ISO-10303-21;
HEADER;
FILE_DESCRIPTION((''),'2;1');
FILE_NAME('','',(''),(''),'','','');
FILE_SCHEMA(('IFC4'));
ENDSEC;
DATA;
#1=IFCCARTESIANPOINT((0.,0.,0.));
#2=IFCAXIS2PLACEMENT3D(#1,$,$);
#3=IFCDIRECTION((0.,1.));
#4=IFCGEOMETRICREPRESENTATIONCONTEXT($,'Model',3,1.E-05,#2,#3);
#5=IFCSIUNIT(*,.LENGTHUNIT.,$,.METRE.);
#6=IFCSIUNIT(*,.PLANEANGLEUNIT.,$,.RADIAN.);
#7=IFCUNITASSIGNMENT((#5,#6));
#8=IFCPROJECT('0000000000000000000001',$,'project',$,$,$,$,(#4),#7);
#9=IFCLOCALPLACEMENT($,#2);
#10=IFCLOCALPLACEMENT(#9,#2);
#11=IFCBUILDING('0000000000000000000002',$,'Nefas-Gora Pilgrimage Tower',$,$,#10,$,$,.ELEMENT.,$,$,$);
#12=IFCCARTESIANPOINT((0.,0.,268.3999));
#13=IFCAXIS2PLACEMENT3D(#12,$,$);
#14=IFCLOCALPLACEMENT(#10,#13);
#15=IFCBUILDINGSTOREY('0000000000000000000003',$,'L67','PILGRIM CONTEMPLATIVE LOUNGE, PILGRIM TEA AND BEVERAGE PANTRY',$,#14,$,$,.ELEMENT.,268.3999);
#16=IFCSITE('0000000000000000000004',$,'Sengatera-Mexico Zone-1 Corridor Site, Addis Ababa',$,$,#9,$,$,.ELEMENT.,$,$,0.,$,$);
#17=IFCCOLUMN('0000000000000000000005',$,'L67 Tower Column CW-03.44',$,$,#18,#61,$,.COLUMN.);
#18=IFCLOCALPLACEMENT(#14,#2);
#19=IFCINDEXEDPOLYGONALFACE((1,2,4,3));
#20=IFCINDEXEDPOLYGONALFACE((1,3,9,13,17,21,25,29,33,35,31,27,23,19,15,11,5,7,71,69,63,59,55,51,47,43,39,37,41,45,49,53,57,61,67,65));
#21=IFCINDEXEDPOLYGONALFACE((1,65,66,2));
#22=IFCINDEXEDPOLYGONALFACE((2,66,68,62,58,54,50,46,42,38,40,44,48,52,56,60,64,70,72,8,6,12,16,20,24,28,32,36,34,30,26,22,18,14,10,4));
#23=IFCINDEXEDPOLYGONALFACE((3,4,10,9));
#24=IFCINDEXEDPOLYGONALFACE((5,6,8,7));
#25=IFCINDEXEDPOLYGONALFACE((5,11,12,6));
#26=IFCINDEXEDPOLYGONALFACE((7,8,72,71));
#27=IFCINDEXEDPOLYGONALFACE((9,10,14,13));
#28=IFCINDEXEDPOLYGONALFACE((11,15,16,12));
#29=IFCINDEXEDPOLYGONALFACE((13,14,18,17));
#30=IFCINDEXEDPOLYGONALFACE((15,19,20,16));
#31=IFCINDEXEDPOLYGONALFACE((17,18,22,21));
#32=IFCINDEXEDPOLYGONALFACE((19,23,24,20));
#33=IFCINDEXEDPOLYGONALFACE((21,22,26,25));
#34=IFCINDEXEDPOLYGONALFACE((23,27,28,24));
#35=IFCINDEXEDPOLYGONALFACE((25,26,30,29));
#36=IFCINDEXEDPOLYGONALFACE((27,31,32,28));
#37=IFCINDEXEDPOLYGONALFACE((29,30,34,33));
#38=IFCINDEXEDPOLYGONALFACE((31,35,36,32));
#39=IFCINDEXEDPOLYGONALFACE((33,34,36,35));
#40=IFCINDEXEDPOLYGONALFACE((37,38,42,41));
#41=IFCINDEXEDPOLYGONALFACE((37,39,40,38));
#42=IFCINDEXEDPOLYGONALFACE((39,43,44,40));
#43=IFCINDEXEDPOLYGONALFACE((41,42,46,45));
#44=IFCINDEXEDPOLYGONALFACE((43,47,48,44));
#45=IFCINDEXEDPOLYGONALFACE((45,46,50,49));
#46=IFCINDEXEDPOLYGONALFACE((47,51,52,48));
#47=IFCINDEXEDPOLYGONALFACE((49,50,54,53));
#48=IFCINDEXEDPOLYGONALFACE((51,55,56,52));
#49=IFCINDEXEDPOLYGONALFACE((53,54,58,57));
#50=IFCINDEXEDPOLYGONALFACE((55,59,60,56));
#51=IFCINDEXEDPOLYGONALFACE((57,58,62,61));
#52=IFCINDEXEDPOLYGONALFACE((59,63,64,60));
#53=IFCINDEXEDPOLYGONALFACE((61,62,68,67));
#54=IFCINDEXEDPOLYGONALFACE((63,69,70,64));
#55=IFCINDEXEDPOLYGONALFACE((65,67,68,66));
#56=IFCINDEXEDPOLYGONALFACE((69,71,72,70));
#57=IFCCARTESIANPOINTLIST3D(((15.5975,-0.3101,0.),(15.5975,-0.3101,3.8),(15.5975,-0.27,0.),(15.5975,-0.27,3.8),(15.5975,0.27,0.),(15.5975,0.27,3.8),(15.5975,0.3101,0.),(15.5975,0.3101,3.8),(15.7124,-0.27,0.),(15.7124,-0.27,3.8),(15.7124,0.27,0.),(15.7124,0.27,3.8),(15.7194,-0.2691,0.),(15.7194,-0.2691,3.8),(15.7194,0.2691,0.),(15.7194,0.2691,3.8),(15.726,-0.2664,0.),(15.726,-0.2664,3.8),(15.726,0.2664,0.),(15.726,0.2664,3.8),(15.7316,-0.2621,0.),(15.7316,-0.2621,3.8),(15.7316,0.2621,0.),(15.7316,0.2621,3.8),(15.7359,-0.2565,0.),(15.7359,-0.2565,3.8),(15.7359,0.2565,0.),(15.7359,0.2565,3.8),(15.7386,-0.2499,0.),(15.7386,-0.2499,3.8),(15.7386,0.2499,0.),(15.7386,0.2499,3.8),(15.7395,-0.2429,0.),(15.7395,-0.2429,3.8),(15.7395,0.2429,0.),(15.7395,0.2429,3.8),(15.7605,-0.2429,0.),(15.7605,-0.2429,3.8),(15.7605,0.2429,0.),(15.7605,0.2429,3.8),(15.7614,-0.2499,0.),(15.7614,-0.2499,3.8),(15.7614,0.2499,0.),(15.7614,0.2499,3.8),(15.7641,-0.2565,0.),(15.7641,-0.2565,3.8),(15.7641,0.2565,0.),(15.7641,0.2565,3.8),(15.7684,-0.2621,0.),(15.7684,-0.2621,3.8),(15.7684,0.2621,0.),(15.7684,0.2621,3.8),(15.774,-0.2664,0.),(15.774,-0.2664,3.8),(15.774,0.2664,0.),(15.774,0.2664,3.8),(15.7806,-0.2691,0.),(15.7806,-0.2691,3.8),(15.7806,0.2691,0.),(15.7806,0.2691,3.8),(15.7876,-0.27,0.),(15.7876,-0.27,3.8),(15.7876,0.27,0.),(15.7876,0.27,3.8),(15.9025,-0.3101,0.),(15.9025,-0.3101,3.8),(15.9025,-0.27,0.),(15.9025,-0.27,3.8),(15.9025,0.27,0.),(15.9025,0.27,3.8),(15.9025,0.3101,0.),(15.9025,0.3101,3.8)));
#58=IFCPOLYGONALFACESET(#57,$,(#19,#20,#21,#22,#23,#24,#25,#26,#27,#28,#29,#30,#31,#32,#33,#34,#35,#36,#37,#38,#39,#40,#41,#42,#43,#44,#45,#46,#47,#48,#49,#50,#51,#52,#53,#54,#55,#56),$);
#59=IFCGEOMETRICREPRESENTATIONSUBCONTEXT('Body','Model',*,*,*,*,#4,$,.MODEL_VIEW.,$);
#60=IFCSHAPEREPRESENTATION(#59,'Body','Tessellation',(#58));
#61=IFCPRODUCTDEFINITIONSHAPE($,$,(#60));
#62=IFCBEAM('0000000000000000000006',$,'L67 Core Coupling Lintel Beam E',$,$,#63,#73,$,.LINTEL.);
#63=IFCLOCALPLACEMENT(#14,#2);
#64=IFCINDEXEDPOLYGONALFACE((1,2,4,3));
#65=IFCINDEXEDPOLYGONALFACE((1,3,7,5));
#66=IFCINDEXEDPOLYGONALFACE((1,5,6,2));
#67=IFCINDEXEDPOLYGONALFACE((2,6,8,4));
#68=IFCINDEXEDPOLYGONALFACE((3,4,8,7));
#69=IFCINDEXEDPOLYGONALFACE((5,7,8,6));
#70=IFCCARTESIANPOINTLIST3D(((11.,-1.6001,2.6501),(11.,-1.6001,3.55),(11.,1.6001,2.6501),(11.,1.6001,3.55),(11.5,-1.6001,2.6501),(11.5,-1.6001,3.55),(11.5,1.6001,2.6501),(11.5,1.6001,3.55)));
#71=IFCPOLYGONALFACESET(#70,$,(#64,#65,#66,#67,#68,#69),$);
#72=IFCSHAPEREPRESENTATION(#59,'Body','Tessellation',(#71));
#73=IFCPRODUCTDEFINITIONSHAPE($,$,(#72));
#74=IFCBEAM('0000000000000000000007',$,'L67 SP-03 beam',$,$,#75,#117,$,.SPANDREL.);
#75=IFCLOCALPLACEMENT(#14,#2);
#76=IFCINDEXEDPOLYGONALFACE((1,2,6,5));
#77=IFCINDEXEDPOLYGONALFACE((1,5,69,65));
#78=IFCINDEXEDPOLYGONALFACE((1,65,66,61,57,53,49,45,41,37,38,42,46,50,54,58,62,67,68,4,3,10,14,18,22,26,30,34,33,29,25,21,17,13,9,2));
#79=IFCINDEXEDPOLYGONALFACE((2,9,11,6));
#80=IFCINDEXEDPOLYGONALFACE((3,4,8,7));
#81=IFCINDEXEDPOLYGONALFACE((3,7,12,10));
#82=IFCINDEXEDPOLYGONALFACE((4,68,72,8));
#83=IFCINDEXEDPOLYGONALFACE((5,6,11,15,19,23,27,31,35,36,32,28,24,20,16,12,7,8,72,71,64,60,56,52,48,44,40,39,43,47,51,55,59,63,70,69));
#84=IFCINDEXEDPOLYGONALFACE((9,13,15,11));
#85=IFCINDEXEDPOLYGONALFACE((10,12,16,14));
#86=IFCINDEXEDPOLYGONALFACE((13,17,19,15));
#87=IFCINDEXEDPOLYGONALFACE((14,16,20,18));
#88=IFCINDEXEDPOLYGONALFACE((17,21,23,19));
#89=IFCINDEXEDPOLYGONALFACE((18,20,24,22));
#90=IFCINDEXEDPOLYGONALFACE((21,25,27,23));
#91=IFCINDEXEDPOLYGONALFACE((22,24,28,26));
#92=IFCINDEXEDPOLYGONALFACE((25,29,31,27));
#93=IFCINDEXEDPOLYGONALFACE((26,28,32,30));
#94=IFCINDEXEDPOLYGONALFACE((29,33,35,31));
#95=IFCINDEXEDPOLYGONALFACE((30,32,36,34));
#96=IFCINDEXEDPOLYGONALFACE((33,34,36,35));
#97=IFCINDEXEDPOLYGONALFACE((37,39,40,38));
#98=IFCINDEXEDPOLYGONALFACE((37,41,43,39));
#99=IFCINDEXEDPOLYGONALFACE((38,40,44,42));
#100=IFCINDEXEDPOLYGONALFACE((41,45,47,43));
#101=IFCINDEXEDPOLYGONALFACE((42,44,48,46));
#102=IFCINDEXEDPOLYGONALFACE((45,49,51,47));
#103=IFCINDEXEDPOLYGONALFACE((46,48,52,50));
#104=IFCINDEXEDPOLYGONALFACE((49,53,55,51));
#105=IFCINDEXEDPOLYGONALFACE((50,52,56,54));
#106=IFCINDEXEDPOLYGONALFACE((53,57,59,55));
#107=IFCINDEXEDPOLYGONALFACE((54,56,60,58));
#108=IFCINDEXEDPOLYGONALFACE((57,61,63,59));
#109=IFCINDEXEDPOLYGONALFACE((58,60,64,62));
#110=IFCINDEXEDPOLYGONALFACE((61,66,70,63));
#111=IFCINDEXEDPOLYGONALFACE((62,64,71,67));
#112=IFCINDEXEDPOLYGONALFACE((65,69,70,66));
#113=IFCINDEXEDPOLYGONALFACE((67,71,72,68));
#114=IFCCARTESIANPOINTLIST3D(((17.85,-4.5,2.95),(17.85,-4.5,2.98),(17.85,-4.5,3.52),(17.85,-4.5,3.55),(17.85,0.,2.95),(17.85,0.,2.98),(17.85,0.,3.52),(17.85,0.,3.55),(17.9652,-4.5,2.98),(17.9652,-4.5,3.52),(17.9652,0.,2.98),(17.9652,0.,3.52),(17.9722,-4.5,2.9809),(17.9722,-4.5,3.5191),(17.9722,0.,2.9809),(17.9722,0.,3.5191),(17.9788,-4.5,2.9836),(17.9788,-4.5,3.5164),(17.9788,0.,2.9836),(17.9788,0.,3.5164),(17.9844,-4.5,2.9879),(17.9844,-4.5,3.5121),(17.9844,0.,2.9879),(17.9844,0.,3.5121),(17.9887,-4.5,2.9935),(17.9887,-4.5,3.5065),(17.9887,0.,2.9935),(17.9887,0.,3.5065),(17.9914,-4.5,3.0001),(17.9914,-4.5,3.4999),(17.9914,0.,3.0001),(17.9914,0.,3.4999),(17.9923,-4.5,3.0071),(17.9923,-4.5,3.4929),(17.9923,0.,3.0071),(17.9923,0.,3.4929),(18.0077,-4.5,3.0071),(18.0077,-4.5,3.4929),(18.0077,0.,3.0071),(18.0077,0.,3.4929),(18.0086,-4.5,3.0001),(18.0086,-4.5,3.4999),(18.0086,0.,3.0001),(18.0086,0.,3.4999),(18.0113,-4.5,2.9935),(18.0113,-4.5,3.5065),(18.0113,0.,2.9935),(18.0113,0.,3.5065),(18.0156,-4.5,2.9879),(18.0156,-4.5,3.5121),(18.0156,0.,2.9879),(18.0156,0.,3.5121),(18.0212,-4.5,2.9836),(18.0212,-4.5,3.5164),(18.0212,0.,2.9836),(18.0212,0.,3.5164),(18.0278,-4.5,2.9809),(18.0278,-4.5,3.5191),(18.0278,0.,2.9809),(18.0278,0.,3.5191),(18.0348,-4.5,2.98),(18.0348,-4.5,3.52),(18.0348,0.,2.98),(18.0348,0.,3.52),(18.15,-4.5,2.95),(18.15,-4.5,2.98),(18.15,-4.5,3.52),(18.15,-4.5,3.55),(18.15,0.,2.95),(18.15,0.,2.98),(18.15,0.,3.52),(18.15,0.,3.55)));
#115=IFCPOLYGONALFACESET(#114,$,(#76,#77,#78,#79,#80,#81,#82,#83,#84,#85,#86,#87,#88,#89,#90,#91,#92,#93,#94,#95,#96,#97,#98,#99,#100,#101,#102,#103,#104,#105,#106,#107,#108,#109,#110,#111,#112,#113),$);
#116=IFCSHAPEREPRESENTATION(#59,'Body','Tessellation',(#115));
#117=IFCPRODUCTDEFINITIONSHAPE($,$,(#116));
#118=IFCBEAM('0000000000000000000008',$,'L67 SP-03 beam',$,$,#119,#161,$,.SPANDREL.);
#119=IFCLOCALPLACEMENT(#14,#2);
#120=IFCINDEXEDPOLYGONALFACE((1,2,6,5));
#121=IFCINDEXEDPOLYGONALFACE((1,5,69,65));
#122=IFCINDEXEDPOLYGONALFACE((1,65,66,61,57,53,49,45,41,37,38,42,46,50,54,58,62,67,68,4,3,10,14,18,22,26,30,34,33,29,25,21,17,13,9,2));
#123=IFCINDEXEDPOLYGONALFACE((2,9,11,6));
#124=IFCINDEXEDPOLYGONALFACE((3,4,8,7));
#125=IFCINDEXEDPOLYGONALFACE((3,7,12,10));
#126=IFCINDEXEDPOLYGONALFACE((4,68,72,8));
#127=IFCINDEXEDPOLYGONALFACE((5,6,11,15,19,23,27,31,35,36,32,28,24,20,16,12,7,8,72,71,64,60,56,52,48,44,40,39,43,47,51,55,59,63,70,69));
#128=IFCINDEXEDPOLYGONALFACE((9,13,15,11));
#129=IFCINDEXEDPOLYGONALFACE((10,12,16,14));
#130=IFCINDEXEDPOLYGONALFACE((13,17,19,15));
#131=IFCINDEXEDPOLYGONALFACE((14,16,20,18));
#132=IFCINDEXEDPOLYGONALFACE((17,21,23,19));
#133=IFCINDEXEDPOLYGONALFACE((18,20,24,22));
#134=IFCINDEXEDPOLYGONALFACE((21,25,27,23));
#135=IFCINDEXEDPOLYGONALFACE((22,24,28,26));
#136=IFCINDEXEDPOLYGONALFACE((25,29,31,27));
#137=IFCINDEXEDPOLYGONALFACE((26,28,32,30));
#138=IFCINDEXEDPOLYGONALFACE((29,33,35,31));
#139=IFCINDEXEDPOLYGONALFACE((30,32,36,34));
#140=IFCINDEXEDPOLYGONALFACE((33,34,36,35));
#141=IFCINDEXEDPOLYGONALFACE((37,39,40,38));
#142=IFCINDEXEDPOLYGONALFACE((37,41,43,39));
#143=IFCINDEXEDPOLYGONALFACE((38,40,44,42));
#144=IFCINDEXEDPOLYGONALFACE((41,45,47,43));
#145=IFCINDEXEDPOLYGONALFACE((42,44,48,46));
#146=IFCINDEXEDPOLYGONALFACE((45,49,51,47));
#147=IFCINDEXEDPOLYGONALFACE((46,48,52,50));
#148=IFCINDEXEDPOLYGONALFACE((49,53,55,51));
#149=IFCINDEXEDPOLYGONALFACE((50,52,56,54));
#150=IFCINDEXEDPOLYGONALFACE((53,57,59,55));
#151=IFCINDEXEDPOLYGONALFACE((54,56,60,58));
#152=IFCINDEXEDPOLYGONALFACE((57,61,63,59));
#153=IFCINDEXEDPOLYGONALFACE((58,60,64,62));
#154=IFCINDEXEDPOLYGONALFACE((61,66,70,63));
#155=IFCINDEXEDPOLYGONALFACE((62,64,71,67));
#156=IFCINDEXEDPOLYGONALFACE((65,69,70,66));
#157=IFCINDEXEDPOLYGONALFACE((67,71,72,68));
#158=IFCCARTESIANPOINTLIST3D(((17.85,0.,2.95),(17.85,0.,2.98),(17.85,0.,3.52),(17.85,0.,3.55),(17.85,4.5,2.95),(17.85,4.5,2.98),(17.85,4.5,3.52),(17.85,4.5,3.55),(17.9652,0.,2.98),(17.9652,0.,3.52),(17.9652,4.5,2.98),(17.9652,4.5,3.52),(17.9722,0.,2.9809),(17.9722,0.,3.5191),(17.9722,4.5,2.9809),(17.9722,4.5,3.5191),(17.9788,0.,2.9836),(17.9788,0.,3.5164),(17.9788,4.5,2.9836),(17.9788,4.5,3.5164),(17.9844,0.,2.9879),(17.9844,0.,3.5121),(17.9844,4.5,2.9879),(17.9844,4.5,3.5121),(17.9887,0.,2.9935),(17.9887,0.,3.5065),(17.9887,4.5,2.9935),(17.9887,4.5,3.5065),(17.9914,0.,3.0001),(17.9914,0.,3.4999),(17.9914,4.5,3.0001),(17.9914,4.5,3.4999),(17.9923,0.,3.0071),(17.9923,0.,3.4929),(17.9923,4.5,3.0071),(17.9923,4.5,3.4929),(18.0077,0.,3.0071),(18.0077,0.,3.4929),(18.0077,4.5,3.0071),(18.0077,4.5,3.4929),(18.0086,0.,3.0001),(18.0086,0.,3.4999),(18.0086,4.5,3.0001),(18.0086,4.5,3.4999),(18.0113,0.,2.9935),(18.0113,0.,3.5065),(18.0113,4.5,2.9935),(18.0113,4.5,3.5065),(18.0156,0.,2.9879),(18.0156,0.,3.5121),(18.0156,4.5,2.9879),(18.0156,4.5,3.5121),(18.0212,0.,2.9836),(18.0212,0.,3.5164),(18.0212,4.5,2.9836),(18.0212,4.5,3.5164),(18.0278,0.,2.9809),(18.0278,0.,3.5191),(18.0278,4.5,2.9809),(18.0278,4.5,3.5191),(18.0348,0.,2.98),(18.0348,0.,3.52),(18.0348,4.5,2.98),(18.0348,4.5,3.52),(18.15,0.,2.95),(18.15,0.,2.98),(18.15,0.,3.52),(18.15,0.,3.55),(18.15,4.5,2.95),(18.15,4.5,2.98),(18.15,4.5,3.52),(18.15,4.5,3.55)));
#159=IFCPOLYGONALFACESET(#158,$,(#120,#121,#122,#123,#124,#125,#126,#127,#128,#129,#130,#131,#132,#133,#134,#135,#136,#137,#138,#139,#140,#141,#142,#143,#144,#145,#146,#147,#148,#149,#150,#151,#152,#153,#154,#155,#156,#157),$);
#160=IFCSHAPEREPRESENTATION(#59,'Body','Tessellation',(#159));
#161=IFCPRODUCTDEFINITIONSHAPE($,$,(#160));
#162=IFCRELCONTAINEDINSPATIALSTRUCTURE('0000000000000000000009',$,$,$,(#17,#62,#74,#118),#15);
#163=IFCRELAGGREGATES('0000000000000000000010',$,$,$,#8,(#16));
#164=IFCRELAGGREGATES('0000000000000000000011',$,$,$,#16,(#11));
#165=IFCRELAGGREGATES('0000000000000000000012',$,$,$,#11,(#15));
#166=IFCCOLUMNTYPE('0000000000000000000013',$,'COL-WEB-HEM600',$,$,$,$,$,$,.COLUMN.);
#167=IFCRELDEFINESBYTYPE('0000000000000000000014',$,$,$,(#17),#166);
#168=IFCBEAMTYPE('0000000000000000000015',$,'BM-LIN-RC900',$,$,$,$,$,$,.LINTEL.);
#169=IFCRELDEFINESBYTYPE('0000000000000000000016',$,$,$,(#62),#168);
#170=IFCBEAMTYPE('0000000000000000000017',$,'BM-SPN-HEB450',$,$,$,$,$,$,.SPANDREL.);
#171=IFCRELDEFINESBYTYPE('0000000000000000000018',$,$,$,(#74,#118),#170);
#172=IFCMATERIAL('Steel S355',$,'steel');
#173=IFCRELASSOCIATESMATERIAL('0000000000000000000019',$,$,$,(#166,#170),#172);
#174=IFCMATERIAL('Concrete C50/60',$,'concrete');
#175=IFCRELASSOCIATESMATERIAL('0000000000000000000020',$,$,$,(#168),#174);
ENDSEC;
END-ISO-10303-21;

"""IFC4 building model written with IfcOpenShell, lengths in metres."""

from ifc_helpers import new_model, si_unit, direction, frame, origin, origin_2d, place, context, subcontext, project, spatial, rectangle, i_section, extrude, source, transform, mapped, material, material_profile, profile_set, type_object, element, save


model = new_model("IFC4")

# Units and contexts
model_context = context("Model", 3, precision=1e-05, world=origin(), true_north=direction((0.0, 1.0)))
body_context = subcontext(model_context, "Body", "Model", "MODEL_VIEW")
ifc_project = project(units=[si_unit("LENGTHUNIT", "METRE"), si_unit("PLANEANGLEUNIT", "RADIAN")], contexts=[model_context])

# Site, building, storey
site_placement = place(None, origin())
site = spatial("IfcSite", under=ifc_project, at=site_placement, Name="Sengatera-Mexico Zone-1 Corridor Site, Addis Ababa", CompositionType="ELEMENT", RefElevation=0.0)
building_placement = place(site_placement, origin())
building = spatial("IfcBuilding", under=site, at=building_placement, Name="Nefas-Gora Pilgrimage Tower", CompositionType="ELEMENT")
storey_placement = place(building_placement, frame((0.0, 0.0, 268.3999)))
storey = spatial("IfcBuildingStorey", under=building, at=storey_placement, Name="L67", Description="PILGRIM CONTEMPLATIVE LOUNGE, PILGRIM TEA AND BEVERAGE PANTRY", CompositionType="ELEMENT", Elevation=268.3999)

# Column
ifc_material_1 = material(Name="Steel S355", Category="steel")
ifc_material_profile_1 = material_profile(ifc_material_1, i_section(OverallWidth=0.3049, OverallDepth=0.6201, WebThickness=0.021, FlangeThickness=0.04, FilletRadius=0.0271, at=origin_2d()), Name="HEM 600")
ifc_profile_set_1 = profile_set([ifc_material_profile_1], Name="Steel S355")
column_type_1 = type_object("IfcColumnType", Name="COL-WEB-HEM600", PredefinedType="COLUMN", material=ifc_profile_set_1)
shared_shape_1 = source(origin(), body_context, "Body", "SweptSolid", [
    extrude(i_section(OverallWidth=0.3049, OverallDepth=0.6201, WebThickness=0.021, FlangeThickness=0.04, FilletRadius=0.0271, at=origin_2d()), origin(), (0.0, 0.0, 1.0), 3.8),
])
for number, where, z_axis, x_axis, name in (
    (1, (15.75, 0.0, 0.0), (0.0, 0.0, 1.0), (1.0, 0.0, 0.0), "L67 Tower Column CW-03.44"),
):
    element("IfcColumn", number, at=place(storey_placement, frame(where, z_axis=z_axis, x_axis=x_axis)), inside=storey, type_object=column_type_1, Name=name, PredefinedType="COLUMN", context=body_context, shape_type="MappedRepresentation", body=[
        mapped(shared_shape_1, transform((0.0, 0.0, 0.0), x_axis=(1.0, 0.0, 0.0), y_axis=(0.0, 1.0, 0.0), z_axis=(0.0, 0.0, 1.0), scale=1.0)),
    ])

# Beams
ifc_material_2 = material(Name="Concrete C50/60", Category="concrete")
ifc_material_profile_2 = material_profile(ifc_material_2, rectangle(XDim=0.5, YDim=0.8999, at=origin_2d()), Name="RC 500x900")
ifc_profile_set_2 = profile_set([ifc_material_profile_2], Name="Concrete C50/60")
beam_type_1 = type_object("IfcBeamType", Name="BM-LIN-RC900", PredefinedType="LINTEL", material=ifc_profile_set_2)
shared_shape_2 = source(origin(), body_context, "Body", "SweptSolid", [
    extrude(rectangle(XDim=0.5, YDim=0.8999, at=origin_2d()), origin(), (0.0, 0.0, 1.0), 3.2002),
])
beam_placement = place(storey_placement, frame((11.25, -1.6001, 3.1001), z_axis=(0.0, 1.0, 0.0), x_axis=(-1.0, 0.0, 0.0)))
element("IfcBeam", 2, at=beam_placement, inside=storey, type_object=beam_type_1, Name="L67 Core Coupling Lintel Beam E", PredefinedType="LINTEL", context=body_context, shape_type="MappedRepresentation", body=[
    mapped(shared_shape_2, transform((0.0, 0.0, 0.0), x_axis=(1.0, 0.0, 0.0), y_axis=(0.0, 1.0, 0.0), z_axis=(0.0, 0.0, 1.0), scale=1.0)),
])
ifc_material_profile_3 = material_profile(ifc_material_1, i_section(OverallWidth=0.3, OverallDepth=0.6001, WebThickness=0.0154, FlangeThickness=0.03, FilletRadius=0.0271, at=origin_2d()), Name="HEB 600")
ifc_profile_set_3 = profile_set([ifc_material_profile_3], Name="Steel S355")
beam_type_2 = type_object("IfcBeamType", Name="BM-SPN-HEB450", PredefinedType="SPANDREL", material=ifc_profile_set_3)
shared_shape_3 = source(origin(), body_context, "Body", "SweptSolid", [
    extrude(i_section(OverallWidth=0.3, OverallDepth=0.6001, WebThickness=0.0154, FlangeThickness=0.03, FilletRadius=0.0271, at=origin_2d()), origin(), (0.0, 0.0, 1.0), 4.5),
])
for number, where, z_axis, x_axis, name in (
    (3, (18.0, -4.5, 3.25), (0.0, 1.0, 0.0), (-1.0, 0.0, 0.0), "L67 SP-03 beam"),
    (4, (18.0, 0.0, 3.25), (0.0, 1.0, 0.0), (-1.0, 0.0, 0.0), "L67 SP-03 beam"),
):
    element("IfcBeam", number, at=place(storey_placement, frame(where, z_axis=z_axis, x_axis=x_axis)), inside=storey, type_object=beam_type_2, Name=name, PredefinedType="SPANDREL", context=body_context, shape_type="MappedRepresentation", body=[
        mapped(shared_shape_3, transform((0.0, 0.0, 0.0), x_axis=(1.0, 0.0, 0.0), y_axis=(0.0, 1.0, 0.0), z_axis=(0.0, 0.0, 1.0), scale=1.0)),
    ])

save(model, "model.ifc")
